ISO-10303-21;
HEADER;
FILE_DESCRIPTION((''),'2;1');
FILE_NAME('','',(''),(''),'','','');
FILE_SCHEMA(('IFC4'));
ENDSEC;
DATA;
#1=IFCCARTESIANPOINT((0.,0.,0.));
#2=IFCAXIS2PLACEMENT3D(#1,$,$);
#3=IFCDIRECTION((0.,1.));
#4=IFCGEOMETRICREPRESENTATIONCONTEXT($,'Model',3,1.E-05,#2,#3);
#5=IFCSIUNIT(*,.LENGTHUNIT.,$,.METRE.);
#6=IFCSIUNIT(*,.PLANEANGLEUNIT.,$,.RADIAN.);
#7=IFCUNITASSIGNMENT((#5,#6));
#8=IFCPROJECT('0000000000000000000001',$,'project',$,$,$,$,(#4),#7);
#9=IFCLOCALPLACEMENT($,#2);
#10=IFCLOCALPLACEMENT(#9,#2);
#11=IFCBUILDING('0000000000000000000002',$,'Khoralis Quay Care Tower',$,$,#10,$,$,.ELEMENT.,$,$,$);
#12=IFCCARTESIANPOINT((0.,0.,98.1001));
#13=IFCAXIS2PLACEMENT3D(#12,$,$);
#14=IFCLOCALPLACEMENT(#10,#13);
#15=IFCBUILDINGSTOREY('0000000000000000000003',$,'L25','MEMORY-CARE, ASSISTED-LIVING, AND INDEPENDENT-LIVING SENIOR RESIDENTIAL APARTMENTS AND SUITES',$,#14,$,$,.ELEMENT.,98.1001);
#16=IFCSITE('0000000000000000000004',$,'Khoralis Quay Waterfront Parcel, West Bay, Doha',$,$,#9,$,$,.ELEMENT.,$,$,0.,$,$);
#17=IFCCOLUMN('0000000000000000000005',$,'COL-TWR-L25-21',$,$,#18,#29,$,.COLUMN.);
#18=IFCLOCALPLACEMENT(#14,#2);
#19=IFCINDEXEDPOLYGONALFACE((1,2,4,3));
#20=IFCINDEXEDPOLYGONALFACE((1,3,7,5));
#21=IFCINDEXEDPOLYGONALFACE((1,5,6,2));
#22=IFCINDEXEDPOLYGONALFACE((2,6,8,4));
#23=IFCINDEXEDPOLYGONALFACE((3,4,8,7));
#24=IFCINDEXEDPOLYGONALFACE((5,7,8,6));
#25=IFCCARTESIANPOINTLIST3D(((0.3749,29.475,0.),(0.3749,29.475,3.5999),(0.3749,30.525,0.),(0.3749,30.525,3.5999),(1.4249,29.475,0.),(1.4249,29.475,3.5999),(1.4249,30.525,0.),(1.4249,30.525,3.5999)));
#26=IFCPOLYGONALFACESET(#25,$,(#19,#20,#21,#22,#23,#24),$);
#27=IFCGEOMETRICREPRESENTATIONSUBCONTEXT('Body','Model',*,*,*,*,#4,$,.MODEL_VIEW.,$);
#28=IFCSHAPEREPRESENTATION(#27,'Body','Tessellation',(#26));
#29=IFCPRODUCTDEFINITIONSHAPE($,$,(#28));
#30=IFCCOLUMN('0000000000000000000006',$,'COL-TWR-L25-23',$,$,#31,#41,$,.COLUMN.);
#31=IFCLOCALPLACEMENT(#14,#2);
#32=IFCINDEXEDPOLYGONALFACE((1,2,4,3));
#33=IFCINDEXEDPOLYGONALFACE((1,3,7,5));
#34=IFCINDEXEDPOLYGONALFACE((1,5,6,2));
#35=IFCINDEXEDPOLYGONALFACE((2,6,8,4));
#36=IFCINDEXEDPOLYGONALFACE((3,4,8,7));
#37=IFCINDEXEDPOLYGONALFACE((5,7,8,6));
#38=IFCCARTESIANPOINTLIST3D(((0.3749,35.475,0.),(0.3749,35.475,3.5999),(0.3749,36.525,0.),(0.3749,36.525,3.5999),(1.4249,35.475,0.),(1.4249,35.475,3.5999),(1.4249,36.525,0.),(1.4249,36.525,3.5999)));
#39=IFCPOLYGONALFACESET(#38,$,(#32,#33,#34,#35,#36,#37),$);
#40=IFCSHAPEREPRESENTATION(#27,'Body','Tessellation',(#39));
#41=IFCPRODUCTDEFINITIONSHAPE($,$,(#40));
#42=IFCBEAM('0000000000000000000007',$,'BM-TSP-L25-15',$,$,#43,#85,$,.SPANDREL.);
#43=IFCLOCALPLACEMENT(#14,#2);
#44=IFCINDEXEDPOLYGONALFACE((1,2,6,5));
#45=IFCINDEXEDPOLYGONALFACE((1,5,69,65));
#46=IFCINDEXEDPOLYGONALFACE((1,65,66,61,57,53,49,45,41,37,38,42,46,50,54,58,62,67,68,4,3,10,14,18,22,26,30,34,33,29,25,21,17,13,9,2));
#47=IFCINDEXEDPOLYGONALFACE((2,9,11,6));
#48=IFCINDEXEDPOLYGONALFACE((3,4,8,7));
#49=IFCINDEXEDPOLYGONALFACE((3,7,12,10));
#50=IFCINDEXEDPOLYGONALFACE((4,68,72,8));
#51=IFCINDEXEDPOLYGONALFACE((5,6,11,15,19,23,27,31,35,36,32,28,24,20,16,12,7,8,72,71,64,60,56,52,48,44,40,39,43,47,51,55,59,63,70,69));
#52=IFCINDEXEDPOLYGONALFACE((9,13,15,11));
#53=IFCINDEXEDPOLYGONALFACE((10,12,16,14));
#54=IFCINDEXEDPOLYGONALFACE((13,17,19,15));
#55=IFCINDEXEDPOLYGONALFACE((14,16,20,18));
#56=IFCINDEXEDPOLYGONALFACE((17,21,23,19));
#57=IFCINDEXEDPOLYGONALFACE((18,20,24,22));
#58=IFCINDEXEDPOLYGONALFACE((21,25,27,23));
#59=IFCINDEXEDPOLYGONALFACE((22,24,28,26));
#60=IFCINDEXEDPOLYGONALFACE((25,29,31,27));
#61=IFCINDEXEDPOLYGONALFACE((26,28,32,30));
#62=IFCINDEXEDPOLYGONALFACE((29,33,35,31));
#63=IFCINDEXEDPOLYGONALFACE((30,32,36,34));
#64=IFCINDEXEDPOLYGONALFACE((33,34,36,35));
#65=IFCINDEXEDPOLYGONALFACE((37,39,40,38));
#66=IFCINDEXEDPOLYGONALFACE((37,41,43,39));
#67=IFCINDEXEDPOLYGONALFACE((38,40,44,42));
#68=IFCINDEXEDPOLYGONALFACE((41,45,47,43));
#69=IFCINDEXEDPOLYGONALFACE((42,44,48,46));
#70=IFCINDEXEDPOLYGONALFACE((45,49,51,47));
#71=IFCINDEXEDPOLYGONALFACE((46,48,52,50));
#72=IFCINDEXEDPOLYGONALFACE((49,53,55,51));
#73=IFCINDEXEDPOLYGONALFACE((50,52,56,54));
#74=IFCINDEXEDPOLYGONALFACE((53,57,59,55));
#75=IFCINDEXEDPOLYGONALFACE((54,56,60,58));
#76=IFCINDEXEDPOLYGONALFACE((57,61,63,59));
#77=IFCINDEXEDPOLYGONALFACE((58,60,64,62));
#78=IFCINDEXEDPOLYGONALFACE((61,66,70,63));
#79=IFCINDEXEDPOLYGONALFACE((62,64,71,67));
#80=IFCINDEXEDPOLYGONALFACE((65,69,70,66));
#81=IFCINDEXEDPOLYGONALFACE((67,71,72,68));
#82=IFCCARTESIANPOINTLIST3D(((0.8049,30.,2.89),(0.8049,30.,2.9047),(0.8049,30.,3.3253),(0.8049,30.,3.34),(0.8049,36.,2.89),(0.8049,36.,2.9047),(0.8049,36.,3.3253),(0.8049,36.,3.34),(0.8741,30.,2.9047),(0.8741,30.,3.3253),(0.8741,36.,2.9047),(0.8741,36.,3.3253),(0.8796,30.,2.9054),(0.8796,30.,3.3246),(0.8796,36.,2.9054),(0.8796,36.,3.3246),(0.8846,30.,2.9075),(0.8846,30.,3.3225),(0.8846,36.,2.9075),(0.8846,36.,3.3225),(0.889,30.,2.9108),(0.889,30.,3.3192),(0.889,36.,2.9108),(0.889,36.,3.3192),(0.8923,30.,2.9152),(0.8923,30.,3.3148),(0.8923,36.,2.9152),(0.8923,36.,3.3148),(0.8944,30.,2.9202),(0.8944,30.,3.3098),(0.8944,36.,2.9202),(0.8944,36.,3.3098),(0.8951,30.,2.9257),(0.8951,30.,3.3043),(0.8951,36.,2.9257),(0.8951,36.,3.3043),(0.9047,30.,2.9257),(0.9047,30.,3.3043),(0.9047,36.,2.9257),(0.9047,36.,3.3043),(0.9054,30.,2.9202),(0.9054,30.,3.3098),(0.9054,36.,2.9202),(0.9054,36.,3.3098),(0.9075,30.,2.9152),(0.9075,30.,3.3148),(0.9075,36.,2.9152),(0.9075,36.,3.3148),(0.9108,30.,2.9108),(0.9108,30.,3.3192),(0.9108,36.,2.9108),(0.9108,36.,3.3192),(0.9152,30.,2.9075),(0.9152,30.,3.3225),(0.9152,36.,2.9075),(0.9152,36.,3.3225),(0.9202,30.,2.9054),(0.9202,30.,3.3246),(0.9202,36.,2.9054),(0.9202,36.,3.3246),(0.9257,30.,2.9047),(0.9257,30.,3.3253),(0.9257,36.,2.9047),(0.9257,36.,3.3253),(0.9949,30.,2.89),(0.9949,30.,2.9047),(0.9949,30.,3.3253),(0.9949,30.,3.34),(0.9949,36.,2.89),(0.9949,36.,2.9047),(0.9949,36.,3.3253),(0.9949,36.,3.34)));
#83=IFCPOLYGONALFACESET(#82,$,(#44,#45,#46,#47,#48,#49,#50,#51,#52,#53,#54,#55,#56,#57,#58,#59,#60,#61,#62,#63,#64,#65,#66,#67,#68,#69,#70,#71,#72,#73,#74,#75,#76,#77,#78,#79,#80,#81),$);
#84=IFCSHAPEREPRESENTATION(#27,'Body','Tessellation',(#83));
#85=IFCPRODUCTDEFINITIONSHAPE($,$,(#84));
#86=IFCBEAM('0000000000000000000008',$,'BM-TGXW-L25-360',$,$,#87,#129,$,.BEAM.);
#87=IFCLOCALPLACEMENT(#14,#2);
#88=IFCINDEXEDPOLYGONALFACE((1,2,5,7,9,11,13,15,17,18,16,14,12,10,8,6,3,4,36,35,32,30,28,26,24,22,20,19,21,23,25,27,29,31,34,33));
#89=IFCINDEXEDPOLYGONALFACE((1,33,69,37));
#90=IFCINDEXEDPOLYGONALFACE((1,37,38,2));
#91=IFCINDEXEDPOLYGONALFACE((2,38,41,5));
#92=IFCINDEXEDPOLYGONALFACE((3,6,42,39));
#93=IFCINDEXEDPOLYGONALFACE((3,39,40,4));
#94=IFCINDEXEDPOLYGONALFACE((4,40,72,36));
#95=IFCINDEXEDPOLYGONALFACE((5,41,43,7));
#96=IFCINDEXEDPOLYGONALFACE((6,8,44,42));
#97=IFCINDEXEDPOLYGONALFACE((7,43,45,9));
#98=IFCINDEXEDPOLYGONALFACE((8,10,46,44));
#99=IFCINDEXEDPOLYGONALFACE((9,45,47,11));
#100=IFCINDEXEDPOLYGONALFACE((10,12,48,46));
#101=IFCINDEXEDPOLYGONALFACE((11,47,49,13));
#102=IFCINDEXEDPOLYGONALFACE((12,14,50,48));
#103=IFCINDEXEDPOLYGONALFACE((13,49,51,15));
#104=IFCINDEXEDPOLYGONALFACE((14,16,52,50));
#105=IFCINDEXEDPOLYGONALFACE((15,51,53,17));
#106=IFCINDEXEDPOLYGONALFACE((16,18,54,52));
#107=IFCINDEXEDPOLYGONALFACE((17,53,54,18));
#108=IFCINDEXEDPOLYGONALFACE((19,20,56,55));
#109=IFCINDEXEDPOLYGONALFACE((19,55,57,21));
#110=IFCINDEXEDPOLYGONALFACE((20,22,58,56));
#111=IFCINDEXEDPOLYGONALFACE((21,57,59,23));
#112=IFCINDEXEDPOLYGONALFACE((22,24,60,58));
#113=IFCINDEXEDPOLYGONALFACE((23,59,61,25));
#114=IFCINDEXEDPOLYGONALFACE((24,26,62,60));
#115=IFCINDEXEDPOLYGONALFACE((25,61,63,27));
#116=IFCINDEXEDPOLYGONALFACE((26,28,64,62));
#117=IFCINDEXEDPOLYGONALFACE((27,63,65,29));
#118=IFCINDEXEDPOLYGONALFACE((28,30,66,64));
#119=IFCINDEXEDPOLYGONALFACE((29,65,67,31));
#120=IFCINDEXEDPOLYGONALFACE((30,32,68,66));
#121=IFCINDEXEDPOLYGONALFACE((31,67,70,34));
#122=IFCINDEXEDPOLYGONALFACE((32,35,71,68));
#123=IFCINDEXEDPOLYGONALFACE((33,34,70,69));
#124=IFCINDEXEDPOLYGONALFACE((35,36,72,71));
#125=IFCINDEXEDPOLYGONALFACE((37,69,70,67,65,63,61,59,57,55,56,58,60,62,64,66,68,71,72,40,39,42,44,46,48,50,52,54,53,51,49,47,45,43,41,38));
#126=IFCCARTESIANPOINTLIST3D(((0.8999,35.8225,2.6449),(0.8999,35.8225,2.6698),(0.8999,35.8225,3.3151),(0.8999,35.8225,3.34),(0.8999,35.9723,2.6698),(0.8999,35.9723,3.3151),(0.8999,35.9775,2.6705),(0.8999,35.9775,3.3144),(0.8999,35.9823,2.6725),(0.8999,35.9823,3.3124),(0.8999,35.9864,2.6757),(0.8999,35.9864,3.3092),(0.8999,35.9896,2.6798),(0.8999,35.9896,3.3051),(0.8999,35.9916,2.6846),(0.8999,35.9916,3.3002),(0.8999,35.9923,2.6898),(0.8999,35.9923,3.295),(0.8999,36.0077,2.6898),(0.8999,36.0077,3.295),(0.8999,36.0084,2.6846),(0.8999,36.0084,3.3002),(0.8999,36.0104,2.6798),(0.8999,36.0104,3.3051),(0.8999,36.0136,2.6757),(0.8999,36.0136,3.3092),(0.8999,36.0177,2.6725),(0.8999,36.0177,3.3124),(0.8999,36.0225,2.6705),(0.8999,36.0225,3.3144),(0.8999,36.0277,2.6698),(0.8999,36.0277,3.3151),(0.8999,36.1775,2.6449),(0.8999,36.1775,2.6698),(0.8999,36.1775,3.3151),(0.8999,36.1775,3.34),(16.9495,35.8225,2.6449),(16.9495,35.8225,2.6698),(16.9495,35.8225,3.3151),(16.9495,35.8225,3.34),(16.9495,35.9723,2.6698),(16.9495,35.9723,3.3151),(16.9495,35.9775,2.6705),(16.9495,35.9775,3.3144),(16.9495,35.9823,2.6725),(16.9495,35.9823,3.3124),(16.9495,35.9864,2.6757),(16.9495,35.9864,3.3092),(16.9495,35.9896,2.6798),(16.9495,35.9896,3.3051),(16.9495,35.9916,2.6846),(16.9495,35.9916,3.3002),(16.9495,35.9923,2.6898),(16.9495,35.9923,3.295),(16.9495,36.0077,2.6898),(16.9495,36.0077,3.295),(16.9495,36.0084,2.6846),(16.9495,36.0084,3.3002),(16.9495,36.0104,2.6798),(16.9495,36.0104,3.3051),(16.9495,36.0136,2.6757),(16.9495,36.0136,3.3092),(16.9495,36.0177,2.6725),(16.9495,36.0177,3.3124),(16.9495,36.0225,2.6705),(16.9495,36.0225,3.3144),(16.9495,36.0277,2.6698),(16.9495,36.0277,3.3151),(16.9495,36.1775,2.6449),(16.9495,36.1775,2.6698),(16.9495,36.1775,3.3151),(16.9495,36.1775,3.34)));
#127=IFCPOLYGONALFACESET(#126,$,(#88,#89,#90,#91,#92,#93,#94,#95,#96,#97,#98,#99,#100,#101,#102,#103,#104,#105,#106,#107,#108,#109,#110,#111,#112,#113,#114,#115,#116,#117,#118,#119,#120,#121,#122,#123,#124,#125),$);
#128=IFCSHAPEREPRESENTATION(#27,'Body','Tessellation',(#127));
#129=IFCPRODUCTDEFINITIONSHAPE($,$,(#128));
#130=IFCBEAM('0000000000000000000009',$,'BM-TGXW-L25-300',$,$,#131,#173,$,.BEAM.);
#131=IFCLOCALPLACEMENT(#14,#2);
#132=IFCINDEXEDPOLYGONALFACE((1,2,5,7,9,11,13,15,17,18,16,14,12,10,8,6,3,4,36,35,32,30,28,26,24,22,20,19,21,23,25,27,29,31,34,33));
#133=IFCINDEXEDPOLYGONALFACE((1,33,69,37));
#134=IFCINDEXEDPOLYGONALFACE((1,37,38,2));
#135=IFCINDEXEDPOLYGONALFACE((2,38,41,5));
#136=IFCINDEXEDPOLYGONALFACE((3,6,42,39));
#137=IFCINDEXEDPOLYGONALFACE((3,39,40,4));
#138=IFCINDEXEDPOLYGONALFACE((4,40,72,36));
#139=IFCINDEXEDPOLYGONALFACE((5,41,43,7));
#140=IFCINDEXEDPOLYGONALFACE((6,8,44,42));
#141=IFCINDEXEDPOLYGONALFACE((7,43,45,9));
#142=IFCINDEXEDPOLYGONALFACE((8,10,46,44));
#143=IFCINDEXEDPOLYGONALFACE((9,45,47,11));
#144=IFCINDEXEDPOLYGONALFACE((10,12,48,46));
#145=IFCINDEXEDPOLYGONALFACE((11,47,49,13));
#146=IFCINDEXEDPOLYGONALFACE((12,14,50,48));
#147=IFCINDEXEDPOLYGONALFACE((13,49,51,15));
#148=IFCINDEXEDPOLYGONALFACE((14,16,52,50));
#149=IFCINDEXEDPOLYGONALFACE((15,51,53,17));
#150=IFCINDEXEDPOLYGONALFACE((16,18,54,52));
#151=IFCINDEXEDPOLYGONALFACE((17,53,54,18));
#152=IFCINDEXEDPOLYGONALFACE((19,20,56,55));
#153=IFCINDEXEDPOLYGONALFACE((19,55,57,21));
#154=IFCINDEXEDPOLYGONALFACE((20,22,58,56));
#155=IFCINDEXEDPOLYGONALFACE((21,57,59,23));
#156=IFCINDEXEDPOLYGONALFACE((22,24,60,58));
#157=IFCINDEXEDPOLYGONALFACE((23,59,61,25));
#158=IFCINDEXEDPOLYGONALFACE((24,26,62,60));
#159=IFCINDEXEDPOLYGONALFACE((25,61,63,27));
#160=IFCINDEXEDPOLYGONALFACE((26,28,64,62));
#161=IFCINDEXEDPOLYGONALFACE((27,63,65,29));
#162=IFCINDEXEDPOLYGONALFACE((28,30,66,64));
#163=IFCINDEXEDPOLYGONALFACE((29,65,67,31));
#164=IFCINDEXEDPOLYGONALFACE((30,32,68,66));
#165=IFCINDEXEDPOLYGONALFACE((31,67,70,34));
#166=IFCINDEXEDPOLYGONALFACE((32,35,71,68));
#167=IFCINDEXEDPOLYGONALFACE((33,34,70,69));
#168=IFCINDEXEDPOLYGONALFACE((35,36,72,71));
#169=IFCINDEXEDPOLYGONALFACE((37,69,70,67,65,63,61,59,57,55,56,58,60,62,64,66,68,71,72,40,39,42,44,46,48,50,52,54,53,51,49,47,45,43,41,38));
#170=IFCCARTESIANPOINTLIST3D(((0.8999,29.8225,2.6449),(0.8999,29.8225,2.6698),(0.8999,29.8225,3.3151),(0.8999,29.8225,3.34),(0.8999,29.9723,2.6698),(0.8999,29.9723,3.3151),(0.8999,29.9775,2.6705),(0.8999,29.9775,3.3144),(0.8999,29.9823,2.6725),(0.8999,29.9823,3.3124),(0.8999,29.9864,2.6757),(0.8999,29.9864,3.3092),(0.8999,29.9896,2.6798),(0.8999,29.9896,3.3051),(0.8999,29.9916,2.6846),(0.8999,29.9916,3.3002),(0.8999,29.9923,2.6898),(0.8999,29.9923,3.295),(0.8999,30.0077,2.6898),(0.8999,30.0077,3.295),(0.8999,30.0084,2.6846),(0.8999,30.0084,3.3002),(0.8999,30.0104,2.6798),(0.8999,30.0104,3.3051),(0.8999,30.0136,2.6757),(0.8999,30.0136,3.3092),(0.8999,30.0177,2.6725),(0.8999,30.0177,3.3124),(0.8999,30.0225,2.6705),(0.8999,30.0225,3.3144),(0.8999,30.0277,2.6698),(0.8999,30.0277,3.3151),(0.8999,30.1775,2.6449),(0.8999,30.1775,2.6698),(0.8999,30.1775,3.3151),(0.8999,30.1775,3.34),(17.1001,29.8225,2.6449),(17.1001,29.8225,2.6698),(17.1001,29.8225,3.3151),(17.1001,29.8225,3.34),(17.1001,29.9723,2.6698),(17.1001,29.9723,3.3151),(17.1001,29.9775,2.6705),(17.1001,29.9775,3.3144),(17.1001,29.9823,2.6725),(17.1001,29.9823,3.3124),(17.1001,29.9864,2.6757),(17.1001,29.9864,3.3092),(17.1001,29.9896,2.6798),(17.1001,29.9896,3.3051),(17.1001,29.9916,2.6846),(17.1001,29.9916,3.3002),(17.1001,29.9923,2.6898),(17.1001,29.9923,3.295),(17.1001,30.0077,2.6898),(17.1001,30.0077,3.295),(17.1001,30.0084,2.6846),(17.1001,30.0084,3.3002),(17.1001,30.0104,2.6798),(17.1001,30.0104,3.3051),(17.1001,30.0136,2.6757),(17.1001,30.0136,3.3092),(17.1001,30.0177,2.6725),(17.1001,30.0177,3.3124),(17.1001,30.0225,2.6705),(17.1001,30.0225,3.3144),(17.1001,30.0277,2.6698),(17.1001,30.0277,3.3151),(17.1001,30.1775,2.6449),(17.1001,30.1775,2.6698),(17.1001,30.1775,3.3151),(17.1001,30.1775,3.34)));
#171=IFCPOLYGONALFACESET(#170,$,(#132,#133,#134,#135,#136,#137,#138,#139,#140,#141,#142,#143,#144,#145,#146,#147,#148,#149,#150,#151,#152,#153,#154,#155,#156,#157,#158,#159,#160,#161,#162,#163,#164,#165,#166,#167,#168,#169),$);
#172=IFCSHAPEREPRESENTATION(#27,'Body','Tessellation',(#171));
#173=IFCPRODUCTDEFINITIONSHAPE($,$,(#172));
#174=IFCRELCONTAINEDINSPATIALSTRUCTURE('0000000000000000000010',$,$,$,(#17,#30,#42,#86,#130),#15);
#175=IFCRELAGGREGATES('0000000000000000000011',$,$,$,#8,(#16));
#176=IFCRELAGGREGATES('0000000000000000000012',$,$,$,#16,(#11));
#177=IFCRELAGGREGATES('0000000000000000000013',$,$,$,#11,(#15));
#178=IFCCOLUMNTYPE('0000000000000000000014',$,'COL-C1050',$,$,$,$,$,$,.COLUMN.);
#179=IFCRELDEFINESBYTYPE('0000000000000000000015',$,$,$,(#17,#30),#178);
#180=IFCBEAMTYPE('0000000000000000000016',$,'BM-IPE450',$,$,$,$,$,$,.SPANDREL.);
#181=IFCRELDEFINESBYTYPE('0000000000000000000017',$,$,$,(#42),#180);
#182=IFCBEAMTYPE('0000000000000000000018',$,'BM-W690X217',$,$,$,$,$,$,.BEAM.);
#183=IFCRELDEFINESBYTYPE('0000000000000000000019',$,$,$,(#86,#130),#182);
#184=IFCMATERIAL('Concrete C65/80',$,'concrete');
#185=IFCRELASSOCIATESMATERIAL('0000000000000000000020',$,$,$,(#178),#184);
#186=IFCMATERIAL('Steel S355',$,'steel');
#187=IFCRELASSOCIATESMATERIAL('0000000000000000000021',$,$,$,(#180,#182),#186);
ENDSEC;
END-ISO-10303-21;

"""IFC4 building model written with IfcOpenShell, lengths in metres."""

from ifc_helpers import new_model, si_unit, direction, frame, origin, origin_2d, place, context, subcontext, project, spatial, rectangle, i_section, extrude, source, transform, mapped, material, material_profile, profile_set, type_object, element, save


model = new_model("IFC4")

# Units and contexts
model_context = context("Model", 3, precision=1e-05, world=origin(), true_north=direction((0.0, 1.0)))
body_context = subcontext(model_context, "Body", "Model", "MODEL_VIEW")
ifc_project = project(units=[si_unit("LENGTHUNIT", "METRE"), si_unit("PLANEANGLEUNIT", "RADIAN")], contexts=[model_context])

# Site, building, storey
site_placement = place(None, origin())
site = spatial("IfcSite", under=ifc_project, at=site_placement, Name="Khoralis Quay Waterfront Parcel, West Bay, Doha", CompositionType="ELEMENT", RefElevation=0.0)
building_placement = place(site_placement, origin())
building = spatial("IfcBuilding", under=site, at=building_placement, Name="Khoralis Quay Care Tower", CompositionType="ELEMENT")
storey_placement = place(building_placement, frame((0.0, 0.0, 98.1001)))
storey = spatial("IfcBuildingStorey", under=building, at=storey_placement, Name="L25", Description="MEMORY-CARE, ASSISTED-LIVING, AND INDEPENDENT-LIVING SENIOR RESIDENTIAL APARTMENTS AND SUITES", CompositionType="ELEMENT", Elevation=98.1001)

# Columns
ifc_material_1 = material(Name="Concrete C65/80", Category="concrete")
ifc_material_profile_1 = material_profile(ifc_material_1, rectangle(XDim=1.05, YDim=1.05, at=origin_2d()), Name="Concrete C65/80")
ifc_profile_set_1 = profile_set([ifc_material_profile_1], Name="Concrete C65/80")
column_type = type_object("IfcColumnType", Name="COL-C1050", PredefinedType="COLUMN", material=ifc_profile_set_1)
shared_shape_1 = source(origin(), body_context, "Body", "SweptSolid", [
    extrude(rectangle(XDim=1.05, YDim=1.05, at=origin_2d()), origin(), (0.0, 0.0, 1.0), 3.5999),
])
for number, where, z_axis, x_axis, name in (
    (1, (0.8999, 30.0, 0.0), (0.0, 0.0, 1.0), (1.0, 0.0, 0.0), "COL-TWR-L25-21"),
    (2, (0.8999, 36.0, 0.0), (0.0, 0.0, 1.0), (1.0, 0.0, 0.0), "COL-TWR-L25-23"),
):
    element("IfcColumn", number, at=place(storey_placement, frame(where, z_axis=z_axis, x_axis=x_axis)), inside=storey, type_object=column_type, Name=name, PredefinedType="COLUMN", context=body_context, shape_type="MappedRepresentation", body=[
        mapped(shared_shape_1, transform((0.0, 0.0, 0.0), scale=1.0)),
    ])

# Beams
ifc_material_2 = material(Name="Steel S355", Category="steel")
ifc_material_profile_2 = material_profile(ifc_material_2, i_section(OverallWidth=0.1899, OverallDepth=0.45, WebThickness=0.0095, FlangeThickness=0.0146, FilletRadius=0.021, at=origin_2d()), Name="Steel S355")
ifc_profile_set_2 = profile_set([ifc_material_profile_2], Name="Steel S355")
beam_type_1 = type_object("IfcBeamType", Name="BM-IPE450", PredefinedType="SPANDREL", material=ifc_profile_set_2)
shared_shape_2 = source(origin(), body_context, "Body", "SweptSolid", [
    extrude(i_section(OverallWidth=0.1899, OverallDepth=0.45, WebThickness=0.0095, FlangeThickness=0.0146, FilletRadius=0.021, at=origin_2d()), origin(), (0.0, 0.0, 1.0), 6.0),
])
beam_1_placement = place(storey_placement, frame((0.8999, 30.0, 3.115), z_axis=(0.0, 1.0, 0.0), x_axis=(-1.0, 0.0, 0.0)))
element("IfcBeam", 3, at=beam_1_placement, inside=storey, type_object=beam_type_1, Name="BM-TSP-L25-15", PredefinedType="SPANDREL", context=body_context, shape_type="MappedRepresentation", body=[
    mapped(shared_shape_2, transform((0.0, 0.0, 0.0), scale=1.0)),
])
ifc_material_profile_3 = material_profile(ifc_material_2, i_section(OverallWidth=0.355, OverallDepth=0.6951, WebThickness=0.0154, FlangeThickness=0.0249, FilletRadius=0.02, at=origin_2d()), Name="Steel S355")
ifc_profile_set_3 = profile_set([ifc_material_profile_3], Name="Steel S355")
beam_type_2 = type_object("IfcBeamType", Name="BM-W690X217", PredefinedType="BEAM", material=ifc_profile_set_3)
shared_shape_3 = source(origin(), body_context, "Body", "SweptSolid", [
    extrude(i_section(OverallWidth=0.355, OverallDepth=0.6951, WebThickness=0.0154, FlangeThickness=0.0249, FilletRadius=0.02, at=origin_2d()), origin(), (0.0, 0.0, 1.0), 16.0496),
])
beam_2_placement = place(storey_placement, frame((0.8999, 36.0, 2.9924), z_axis=(1.0, 0.0, 0.0), x_axis=(0.0, 1.0, 0.0)))
element("IfcBeam", 4, at=beam_2_placement, inside=storey, type_object=beam_type_2, Name="BM-TGXW-L25-360", PredefinedType="BEAM", context=body_context, shape_type="MappedRepresentation", body=[
    mapped(shared_shape_3, transform((0.0, 0.0, 0.0), scale=1.0)),
])
shared_shape_4 = source(origin(), body_context, "Body", "SweptSolid", [
    extrude(i_section(OverallWidth=0.355, OverallDepth=0.6951, WebThickness=0.0154, FlangeThickness=0.0249, FilletRadius=0.02, at=origin_2d()), origin(), (0.0, 0.0, 1.0), 16.2002),
])
beam_3_placement = place(storey_placement, frame((0.8999, 30.0, 2.9924), z_axis=(1.0, 0.0, 0.0), x_axis=(0.0, 1.0, 0.0)))
element("IfcBeam", 5, at=beam_3_placement, inside=storey, type_object=beam_type_2, Name="BM-TGXW-L25-300", PredefinedType="BEAM", context=body_context, shape_type="MappedRepresentation", body=[
    mapped(shared_shape_4, transform((0.0, 0.0, 0.0), scale=1.0)),
])

save(model, "model.ifc")
